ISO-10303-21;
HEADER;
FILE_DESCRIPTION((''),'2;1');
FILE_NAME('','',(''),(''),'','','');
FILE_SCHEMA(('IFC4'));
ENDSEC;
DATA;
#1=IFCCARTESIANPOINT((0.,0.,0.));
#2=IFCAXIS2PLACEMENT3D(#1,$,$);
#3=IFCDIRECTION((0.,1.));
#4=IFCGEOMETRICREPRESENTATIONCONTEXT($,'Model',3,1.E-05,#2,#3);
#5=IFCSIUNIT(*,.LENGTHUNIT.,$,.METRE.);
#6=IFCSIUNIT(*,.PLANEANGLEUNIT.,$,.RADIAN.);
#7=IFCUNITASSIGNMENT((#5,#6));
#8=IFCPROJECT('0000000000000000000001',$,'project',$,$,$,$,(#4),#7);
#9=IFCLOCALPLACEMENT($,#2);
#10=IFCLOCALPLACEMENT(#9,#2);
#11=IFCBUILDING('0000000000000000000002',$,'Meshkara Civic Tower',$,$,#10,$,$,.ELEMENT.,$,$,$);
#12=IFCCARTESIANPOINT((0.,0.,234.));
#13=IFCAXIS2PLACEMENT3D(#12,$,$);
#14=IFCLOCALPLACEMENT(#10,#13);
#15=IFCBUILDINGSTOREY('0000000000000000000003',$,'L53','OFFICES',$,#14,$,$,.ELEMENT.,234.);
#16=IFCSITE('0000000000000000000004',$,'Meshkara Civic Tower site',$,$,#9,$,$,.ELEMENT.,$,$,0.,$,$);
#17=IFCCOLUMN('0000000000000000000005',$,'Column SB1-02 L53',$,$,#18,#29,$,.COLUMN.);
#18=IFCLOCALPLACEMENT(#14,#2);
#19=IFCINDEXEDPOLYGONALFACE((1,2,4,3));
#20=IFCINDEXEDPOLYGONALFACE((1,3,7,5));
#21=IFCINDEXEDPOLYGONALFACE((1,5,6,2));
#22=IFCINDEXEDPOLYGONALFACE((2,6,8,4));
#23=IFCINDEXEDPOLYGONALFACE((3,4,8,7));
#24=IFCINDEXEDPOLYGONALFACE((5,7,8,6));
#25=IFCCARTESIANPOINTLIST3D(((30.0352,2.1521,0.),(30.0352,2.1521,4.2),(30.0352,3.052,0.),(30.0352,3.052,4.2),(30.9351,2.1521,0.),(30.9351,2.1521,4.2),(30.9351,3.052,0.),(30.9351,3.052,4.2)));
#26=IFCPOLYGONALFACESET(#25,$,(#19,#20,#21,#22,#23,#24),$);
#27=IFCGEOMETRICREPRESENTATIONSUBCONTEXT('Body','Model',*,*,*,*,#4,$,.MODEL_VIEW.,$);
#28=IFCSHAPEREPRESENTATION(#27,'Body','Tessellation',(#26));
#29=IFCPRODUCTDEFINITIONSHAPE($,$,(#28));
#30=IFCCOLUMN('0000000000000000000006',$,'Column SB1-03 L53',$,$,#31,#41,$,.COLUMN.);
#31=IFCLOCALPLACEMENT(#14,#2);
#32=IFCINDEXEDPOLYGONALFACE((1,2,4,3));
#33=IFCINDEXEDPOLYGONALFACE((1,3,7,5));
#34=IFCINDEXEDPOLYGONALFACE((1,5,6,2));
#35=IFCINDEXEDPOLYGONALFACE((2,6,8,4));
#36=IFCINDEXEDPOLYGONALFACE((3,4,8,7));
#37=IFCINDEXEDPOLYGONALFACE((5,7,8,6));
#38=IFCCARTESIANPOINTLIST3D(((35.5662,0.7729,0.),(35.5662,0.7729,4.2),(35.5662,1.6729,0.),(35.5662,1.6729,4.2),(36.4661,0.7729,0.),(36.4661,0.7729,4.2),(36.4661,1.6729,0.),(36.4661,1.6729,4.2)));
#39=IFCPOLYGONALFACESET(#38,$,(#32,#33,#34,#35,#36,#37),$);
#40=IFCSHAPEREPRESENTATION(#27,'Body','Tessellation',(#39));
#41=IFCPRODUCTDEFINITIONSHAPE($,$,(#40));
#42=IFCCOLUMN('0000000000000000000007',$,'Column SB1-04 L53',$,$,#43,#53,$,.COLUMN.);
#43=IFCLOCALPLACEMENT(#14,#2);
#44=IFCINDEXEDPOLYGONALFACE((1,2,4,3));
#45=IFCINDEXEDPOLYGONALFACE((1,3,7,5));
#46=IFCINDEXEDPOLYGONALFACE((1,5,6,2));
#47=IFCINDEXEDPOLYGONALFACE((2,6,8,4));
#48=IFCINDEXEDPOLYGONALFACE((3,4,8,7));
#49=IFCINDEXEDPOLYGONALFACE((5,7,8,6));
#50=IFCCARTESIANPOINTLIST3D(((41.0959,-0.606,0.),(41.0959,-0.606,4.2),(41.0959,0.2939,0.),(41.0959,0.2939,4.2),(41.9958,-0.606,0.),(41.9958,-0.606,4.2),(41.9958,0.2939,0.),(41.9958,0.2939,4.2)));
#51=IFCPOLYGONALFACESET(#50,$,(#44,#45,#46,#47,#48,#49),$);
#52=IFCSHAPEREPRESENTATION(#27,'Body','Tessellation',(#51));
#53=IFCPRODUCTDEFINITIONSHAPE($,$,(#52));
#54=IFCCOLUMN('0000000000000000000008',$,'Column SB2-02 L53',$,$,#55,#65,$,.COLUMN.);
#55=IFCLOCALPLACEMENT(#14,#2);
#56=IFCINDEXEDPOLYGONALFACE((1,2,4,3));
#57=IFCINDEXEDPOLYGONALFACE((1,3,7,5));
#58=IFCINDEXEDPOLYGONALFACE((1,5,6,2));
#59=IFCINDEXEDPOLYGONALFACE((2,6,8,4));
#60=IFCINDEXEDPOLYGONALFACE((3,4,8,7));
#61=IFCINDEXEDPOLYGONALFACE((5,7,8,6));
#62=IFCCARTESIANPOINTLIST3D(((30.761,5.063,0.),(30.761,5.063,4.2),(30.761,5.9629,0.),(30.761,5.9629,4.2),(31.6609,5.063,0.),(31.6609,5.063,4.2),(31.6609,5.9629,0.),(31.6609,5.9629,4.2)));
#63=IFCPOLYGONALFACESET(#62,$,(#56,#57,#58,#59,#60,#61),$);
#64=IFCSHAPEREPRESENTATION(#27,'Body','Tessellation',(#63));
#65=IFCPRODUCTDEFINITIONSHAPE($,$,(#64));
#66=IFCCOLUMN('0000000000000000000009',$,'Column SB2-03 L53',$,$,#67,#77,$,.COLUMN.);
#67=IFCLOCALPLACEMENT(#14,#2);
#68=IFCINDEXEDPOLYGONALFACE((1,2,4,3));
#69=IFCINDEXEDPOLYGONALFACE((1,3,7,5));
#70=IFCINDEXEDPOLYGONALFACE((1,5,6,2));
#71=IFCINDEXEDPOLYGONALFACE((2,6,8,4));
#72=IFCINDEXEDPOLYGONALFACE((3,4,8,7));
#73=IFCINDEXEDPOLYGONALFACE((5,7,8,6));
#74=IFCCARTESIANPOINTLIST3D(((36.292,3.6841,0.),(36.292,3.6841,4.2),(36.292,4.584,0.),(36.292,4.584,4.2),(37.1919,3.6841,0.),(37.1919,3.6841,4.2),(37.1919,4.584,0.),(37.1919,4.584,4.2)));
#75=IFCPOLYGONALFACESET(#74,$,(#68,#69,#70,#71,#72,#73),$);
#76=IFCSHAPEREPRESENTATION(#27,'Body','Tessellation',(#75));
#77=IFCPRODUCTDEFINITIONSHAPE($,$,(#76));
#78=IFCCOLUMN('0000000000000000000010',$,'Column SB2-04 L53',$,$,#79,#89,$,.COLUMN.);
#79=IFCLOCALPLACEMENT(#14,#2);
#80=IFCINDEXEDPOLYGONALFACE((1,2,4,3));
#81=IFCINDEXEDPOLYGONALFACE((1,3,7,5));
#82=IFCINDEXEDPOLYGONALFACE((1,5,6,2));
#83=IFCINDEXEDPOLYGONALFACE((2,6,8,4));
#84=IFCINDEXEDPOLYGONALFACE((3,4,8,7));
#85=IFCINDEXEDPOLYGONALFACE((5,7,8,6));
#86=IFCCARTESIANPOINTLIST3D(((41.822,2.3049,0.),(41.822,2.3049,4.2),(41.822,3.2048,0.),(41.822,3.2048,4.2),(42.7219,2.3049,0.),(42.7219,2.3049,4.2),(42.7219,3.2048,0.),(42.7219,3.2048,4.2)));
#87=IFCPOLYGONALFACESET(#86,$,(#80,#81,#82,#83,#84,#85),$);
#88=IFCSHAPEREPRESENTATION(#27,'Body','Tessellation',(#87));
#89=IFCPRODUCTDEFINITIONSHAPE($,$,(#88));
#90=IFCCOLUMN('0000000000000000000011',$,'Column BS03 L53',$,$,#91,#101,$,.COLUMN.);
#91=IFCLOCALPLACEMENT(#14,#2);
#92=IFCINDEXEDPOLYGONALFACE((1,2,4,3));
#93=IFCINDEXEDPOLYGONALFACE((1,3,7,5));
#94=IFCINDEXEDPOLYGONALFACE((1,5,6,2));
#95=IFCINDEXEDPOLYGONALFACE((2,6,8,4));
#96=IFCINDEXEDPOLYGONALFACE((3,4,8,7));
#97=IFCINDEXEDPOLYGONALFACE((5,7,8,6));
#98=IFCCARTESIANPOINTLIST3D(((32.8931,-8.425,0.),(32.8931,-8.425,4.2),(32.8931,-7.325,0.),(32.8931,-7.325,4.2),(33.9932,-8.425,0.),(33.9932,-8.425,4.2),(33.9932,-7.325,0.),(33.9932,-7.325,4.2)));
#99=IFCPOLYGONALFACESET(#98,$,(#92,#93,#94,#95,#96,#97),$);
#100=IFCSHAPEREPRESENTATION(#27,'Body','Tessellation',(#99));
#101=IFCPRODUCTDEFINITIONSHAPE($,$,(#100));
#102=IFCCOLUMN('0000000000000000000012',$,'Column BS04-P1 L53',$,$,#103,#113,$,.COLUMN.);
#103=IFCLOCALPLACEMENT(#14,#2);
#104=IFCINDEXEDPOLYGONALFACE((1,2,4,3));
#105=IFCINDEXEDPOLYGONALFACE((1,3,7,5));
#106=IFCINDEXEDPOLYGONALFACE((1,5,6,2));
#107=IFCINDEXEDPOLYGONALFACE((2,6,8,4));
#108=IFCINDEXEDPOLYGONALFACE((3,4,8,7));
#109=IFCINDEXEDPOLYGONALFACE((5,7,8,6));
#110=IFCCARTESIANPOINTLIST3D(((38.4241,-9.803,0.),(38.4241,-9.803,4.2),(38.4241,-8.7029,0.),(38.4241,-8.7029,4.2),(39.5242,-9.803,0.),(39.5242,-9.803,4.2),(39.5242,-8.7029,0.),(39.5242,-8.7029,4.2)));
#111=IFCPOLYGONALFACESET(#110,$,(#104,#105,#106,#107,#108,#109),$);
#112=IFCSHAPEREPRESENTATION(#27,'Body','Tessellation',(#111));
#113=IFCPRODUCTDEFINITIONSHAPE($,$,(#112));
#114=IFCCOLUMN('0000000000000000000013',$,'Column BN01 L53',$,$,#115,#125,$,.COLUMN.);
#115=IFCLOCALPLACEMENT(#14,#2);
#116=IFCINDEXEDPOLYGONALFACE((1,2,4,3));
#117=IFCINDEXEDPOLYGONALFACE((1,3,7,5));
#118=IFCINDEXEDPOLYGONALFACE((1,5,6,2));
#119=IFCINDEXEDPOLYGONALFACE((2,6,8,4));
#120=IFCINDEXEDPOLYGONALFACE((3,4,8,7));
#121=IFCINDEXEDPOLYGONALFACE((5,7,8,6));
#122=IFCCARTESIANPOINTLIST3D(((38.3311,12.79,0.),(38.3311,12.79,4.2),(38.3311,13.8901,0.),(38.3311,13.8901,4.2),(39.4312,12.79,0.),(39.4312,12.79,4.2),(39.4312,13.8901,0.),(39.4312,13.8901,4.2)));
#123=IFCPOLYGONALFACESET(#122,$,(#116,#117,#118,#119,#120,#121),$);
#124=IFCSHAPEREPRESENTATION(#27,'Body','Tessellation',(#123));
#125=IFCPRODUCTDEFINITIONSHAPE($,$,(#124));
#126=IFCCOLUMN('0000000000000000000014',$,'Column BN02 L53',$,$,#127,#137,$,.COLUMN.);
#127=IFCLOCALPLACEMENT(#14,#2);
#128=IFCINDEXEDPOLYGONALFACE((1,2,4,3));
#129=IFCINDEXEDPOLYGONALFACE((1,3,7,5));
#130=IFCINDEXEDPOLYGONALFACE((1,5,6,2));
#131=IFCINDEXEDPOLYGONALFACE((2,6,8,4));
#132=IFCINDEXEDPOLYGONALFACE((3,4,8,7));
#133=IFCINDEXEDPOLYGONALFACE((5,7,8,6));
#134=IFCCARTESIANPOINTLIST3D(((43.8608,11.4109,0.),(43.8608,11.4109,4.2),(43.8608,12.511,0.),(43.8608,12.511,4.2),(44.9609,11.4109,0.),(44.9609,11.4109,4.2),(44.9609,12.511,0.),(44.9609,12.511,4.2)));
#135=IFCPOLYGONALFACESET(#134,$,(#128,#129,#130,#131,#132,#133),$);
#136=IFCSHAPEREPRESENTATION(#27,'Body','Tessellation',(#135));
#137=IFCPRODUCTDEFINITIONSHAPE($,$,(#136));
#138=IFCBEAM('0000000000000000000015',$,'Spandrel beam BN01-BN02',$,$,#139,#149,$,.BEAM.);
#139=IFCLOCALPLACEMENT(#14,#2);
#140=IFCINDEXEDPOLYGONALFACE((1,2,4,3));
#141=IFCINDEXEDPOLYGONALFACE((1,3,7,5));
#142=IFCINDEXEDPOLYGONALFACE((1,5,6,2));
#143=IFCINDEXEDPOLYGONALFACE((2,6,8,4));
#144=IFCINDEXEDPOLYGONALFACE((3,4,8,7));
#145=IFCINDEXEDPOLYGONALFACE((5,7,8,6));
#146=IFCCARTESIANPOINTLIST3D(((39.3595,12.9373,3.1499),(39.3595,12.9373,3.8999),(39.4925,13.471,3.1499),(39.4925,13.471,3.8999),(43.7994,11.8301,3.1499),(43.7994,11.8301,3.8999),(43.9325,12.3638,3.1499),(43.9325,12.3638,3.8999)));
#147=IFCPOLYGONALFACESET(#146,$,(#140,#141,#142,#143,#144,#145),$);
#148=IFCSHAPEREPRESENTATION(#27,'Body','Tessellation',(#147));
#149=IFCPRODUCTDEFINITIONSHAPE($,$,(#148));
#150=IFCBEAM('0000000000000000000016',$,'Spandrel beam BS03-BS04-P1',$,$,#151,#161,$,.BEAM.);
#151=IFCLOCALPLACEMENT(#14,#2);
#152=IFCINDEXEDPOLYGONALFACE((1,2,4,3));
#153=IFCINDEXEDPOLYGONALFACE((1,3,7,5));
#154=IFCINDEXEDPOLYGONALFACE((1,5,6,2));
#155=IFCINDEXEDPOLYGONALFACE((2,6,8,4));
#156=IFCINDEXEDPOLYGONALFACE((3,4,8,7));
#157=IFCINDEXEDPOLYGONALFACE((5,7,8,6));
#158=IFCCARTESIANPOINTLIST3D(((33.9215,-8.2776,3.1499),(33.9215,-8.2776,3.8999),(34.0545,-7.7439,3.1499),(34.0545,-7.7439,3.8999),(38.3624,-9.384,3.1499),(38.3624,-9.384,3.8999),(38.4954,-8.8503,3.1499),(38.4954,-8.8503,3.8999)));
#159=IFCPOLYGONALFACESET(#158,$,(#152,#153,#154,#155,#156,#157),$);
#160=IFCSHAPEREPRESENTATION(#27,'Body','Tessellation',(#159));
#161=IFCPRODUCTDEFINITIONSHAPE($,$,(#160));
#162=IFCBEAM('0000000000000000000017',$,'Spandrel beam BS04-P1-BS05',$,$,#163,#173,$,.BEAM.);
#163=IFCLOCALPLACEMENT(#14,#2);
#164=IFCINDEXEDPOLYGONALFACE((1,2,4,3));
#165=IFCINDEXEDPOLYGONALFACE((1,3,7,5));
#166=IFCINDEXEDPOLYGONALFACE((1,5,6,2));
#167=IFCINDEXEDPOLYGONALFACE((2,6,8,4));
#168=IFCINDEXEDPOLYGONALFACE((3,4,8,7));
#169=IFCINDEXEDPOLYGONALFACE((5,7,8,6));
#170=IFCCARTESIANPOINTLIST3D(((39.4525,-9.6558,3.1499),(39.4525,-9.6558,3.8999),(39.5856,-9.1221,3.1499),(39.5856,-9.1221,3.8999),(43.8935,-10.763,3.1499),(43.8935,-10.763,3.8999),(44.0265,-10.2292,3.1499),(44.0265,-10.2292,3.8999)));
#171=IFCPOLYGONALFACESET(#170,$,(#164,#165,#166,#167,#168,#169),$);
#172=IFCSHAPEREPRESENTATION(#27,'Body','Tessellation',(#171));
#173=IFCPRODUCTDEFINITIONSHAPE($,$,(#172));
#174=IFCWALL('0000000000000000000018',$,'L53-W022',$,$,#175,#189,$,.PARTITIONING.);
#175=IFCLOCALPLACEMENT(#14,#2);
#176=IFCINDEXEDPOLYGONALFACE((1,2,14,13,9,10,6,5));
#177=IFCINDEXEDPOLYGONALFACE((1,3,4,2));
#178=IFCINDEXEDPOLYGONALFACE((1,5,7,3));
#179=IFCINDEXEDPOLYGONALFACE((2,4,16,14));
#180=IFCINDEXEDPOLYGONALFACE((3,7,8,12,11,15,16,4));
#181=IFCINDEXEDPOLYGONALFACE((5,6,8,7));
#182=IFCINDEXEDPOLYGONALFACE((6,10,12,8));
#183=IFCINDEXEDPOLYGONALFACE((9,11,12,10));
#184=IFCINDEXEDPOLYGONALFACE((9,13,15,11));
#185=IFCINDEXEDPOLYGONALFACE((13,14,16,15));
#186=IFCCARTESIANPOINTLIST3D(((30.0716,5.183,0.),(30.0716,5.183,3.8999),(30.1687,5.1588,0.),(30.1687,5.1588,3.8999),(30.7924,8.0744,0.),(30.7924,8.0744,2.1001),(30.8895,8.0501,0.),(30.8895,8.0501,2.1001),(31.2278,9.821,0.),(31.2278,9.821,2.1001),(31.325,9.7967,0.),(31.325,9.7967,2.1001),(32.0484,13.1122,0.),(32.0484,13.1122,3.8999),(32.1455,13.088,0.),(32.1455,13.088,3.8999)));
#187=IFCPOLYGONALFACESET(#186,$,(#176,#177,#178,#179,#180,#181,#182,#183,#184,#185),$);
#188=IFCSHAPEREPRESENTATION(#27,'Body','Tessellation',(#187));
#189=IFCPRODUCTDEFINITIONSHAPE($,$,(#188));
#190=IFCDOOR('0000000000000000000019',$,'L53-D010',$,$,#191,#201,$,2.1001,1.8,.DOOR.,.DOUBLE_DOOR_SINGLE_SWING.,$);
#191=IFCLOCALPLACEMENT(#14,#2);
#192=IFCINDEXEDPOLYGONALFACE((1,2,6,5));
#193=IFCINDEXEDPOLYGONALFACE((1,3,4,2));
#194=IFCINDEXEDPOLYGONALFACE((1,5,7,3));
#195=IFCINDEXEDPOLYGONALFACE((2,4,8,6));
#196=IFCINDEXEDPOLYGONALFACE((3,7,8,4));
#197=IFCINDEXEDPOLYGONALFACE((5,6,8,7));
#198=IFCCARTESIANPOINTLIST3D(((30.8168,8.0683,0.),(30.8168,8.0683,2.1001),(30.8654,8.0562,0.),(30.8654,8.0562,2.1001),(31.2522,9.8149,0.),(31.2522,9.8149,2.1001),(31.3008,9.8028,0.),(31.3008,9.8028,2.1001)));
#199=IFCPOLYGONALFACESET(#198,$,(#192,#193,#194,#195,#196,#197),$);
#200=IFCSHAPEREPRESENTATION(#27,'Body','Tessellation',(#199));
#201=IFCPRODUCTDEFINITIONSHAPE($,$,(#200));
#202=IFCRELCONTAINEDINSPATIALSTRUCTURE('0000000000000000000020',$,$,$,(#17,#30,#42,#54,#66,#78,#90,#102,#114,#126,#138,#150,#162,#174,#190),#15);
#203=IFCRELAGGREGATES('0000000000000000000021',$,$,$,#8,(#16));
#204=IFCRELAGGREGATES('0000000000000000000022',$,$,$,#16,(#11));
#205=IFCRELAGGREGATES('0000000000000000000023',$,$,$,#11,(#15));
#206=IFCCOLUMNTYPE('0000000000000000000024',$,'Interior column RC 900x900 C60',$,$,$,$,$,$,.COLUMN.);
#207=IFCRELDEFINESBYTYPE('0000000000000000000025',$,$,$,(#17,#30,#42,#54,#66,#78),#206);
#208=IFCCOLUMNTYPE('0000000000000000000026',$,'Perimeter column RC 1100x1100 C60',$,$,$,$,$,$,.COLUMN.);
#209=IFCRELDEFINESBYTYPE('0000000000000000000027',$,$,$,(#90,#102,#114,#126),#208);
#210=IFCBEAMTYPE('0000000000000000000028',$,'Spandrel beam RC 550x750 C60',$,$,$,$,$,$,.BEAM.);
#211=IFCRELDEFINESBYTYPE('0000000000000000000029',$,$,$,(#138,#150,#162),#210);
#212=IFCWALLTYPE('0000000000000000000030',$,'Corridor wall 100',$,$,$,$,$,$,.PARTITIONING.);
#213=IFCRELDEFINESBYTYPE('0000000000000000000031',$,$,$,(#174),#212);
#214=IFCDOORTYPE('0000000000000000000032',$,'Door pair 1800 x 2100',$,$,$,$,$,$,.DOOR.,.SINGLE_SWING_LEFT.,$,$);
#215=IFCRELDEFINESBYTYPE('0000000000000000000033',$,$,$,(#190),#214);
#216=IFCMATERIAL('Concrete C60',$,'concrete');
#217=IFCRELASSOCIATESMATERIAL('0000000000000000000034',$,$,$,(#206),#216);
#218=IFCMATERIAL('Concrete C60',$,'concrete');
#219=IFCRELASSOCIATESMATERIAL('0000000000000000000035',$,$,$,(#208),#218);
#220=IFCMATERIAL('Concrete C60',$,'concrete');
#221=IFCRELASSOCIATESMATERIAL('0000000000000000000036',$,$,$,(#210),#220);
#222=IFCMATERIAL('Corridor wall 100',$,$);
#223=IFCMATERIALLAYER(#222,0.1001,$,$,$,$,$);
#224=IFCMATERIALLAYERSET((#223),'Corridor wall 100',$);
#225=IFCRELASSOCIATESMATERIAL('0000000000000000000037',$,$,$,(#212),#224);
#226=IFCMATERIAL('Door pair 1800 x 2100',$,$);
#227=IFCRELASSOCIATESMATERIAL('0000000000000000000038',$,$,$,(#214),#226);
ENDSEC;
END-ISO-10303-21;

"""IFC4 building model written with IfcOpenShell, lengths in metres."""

from ifc_helpers import new_model, si_unit, direction, frame, frame_2d, origin, origin_2d, place, context, subcontext, project, spatial, rectangle, extrude, material, layer, layer_set, material_profile, profile_set, type_object, element, fill, save


model = new_model("IFC4")

# Units and contexts
model_context = context("Model", 3, precision=1e-05, world=origin(), true_north=direction((0.0, 1.0)))
body_context = subcontext(model_context, "Body", "Model", "MODEL_VIEW")
ifc_project = project(units=[si_unit("LENGTHUNIT", "METRE"), si_unit("PLANEANGLEUNIT", "RADIAN")], contexts=[model_context])

# Site, building, storey
site_placement = place(None, origin())
site = spatial("IfcSite", under=ifc_project, at=site_placement, Name="Meshkara Civic Tower site", CompositionType="ELEMENT", RefElevation=0.0)
building_placement = place(site_placement, origin())
building = spatial("IfcBuilding", under=site, at=building_placement, Name="Meshkara Civic Tower", CompositionType="ELEMENT")
storey_placement = place(building_placement, frame((0.0, 0.0, 234.0)))
storey = spatial("IfcBuildingStorey", under=building, at=storey_placement, Name="L53", Description="OFFICES", CompositionType="ELEMENT", Elevation=234.0)

# Columns
ifc_material_1 = material(Name="Concrete C60", Category="concrete")
ifc_material_profile_1 = material_profile(ifc_material_1, rectangle(XDim=0.8999, YDim=0.8999, at=origin_2d()))
ifc_profile_set_1 = profile_set([ifc_material_profile_1], Name="Concrete C60")
column_type_1 = type_object("IfcColumnType", Name="Interior column RC 900x900 C60", PredefinedType="COLUMN", material=ifc_profile_set_1)
for number, where, z_axis, x_axis, name in (
    (1, (30.4851, 2.6021, 0.0), (0.0, 0.0, 1.0), (1.0, 0.0, 0.0), "Column SB1-02 L53"),
    (2, (36.0161, 1.2229, 0.0), (0.0, 0.0, 1.0), (1.0, 0.0, 0.0), "Column SB1-03 L53"),
    (3, (41.5459, -0.156, 0.0), (0.0, 0.0, 1.0), (1.0, 0.0, 0.0), "Column SB1-04 L53"),
    (4, (31.2109, 5.5129, 0.0), (0.0, 0.0, 1.0), (1.0, 0.0, 0.0), "Column SB2-02 L53"),
    (5, (36.7419, 4.134, 0.0), (0.0, 0.0, 1.0), (1.0, 0.0, 0.0), "Column SB2-03 L53"),
    (6, (42.272, 2.7549, 0.0), (0.0, 0.0, 1.0), (1.0, 0.0, 0.0), "Column SB2-04 L53"),
):
    element("IfcColumn", number, at=place(storey_placement, frame(where, z_axis=z_axis, x_axis=x_axis)), inside=storey, type_object=column_type_1, Name=name, PredefinedType="COLUMN", context=body_context, shape_type="SweptSolid", body=[
        extrude(rectangle(XDim=0.8999, YDim=0.8999, at=origin_2d()), origin(), (0.0, 0.0, 1.0), 4.2),
    ])
ifc_material_2 = material(Name="Concrete C60", Category="concrete")
ifc_material_profile_2 = material_profile(ifc_material_2, rectangle(XDim=1.1001, YDim=1.1001, at=origin_2d()))
ifc_profile_set_2 = profile_set([ifc_material_profile_2], Name="Concrete C60")
column_type_2 = type_object("IfcColumnType", Name="Perimeter column RC 1100x1100 C60", PredefinedType="COLUMN", material=ifc_profile_set_2)
for number, where, z_axis, x_axis, name in (
    (7, (33.4431, -7.875, 0.0), (0.0, 0.0, 1.0), (1.0, 0.0, 0.0), "Column BS03 L53"),
    (8, (38.9741, -9.2529, 0.0), (0.0, 0.0, 1.0), (1.0, 0.0, 0.0), "Column BS04-P1 L53"),
    (9, (38.8811, 13.3401, 0.0), (0.0, 0.0, 1.0), (1.0, 0.0, 0.0), "Column BN01 L53"),
    (10, (44.4109, 11.9609, 0.0), (0.0, 0.0, 1.0), (1.0, 0.0, 0.0), "Column BN02 L53"),
):
    element("IfcColumn", number, at=place(storey_placement, frame(where, z_axis=z_axis, x_axis=x_axis)), inside=storey, type_object=column_type_2, Name=name, PredefinedType="COLUMN", context=body_context, shape_type="SweptSolid", body=[
        extrude(rectangle(XDim=1.1001, YDim=1.1001, at=origin_2d()), origin(), (0.0, 0.0, 1.0), 4.2),
    ])

# Beams
ifc_material_3 = material(Name="Concrete C60", Category="concrete")
ifc_material_profile_3 = material_profile(ifc_material_3, rectangle(XDim=0.55, YDim=0.75, at=origin_2d()))
ifc_profile_set_3 = profile_set([ifc_material_profile_3], Name="Concrete C60")
beam_type = type_object("IfcBeamType", Name="Spandrel beam RC 550x750 C60", PredefinedType="BEAM", material=ifc_profile_set_3)
beam_1_placement = place(storey_placement, frame((43.866, 12.0969, 3.5249), z_axis=(-0.970287, 0.241958, 0.0), x_axis=(-0.241958, -0.970287, 0.0)))
element("IfcBeam", 11, at=beam_1_placement, inside=storey, type_object=beam_type, Name="Spandrel beam BN01-BN02", PredefinedType="BEAM", context=body_context, shape_type="SweptSolid", body=[
    extrude(rectangle(XDim=0.55, YDim=0.75, at=origin_2d()), origin(), (0.0, 0.0, 1.0), 4.5759),
])
beam_2_placement = place(storey_placement, frame((33.988, -8.0107, 3.5249), z_axis=(0.970337, -0.241757, 0.0), x_axis=(0.241757, 0.970337, 0.0)))
element("IfcBeam", 12, at=beam_2_placement, inside=storey, type_object=beam_type, Name="Spandrel beam BS03-BS04-P1", PredefinedType="BEAM", context=body_context, shape_type="SweptSolid", body=[
    extrude(rectangle(XDim=0.55, YDim=0.75, at=origin_2d()), origin(), (0.0, 0.0, 1.0), 4.5767),
])
beam_3_placement = place(storey_placement, frame((39.519, -9.3889, 3.5249), z_axis=(0.970299, -0.241908, 0.0), x_axis=(0.241908, 0.970299, 0.0)))
element("IfcBeam", 13, at=beam_3_placement, inside=storey, type_object=beam_type, Name="Spandrel beam BS04-P1-BS05", PredefinedType="BEAM", context=body_context, shape_type="SweptSolid", body=[
    extrude(rectangle(XDim=0.55, YDim=0.75, at=origin_2d()), origin(), (0.0, 0.0, 1.0), 4.5769),
])

# Wall, opening, door
ifc_material_4 = material(Name="Corridor wall 100")
ifc_layer_1 = layer(ifc_material_4, 0.1001)
ifc_layer_set_1 = layer_set([ifc_layer_1], Name="Corridor wall 100")
wall_type_1 = type_object("IfcWallType", Name="Corridor wall 100", PredefinedType="PARTITIONING", material=ifc_layer_set_1)
wall_1_placement = place(storey_placement, frame((30.1201, 5.1709, 0.0), z_axis=(0.0, 0.0, 1.0), x_axis=(0.241903, 0.9703, 0.0)))
wall_1 = element("IfcWall", 14, at=wall_1_placement, inside=storey, type_object=wall_type_1, Name="L53-W022", PredefinedType="PARTITIONING", context=body_context, shape_type="SweptSolid", body=[
    extrude(rectangle(XDim=8.1719, YDim=0.1001, at=frame_2d((4.0859, 0.0))), origin(), (0.0, 0.0, 1.0), 3.8999),
])
opening_1_placement = place(wall_1_placement, frame((2.98, 0.0, 0.0)))
opening_1 = element("IfcOpeningElement", 15, at=opening_1_placement, cuts=wall_1, PredefinedType="OPENING", context=body_context, shape_type="SweptSolid", body=[
    extrude(rectangle(XDim=1.8, YDim=2.1001, at=frame_2d((0.8999, 1.05))), frame((0.0, 0.0601, 0.0), z_axis=(0.0, -1.0, 0.0), x_axis=(1.0, 0.0, 0.0)), (0.0, 0.0, 1.0), 0.1201),
])
ifc_material_5 = material(Name="Door pair 1800 x 2100")
door_type_1 = type_object("IfcDoorType", Name="Door pair 1800 x 2100", OperationType="SINGLE_SWING_LEFT", PredefinedType="DOOR", material=ifc_material_5)
door_1_placement = place(opening_1_placement, origin())
door_1 = element("IfcDoor", 16, at=door_1_placement, inside=storey, type_object=door_type_1, Name="L53-D010", OperationType="DOUBLE_DOOR_SINGLE_SWING", OverallHeight=2.1001, OverallWidth=1.8, PredefinedType="DOOR", context=body_context, shape_type="SweptSolid", body=[
    extrude(rectangle(XDim=1.8, YDim=2.1001, at=frame_2d((0.8999, 1.05))), frame((0.0, 0.0249, 0.0), z_axis=(0.0, -1.0, 0.0), x_axis=(1.0, 0.0, 0.0)), (0.0, 0.0, 1.0), 0.05),
])
fill(opening_1, door_1)

save(model, "model.ifc")
